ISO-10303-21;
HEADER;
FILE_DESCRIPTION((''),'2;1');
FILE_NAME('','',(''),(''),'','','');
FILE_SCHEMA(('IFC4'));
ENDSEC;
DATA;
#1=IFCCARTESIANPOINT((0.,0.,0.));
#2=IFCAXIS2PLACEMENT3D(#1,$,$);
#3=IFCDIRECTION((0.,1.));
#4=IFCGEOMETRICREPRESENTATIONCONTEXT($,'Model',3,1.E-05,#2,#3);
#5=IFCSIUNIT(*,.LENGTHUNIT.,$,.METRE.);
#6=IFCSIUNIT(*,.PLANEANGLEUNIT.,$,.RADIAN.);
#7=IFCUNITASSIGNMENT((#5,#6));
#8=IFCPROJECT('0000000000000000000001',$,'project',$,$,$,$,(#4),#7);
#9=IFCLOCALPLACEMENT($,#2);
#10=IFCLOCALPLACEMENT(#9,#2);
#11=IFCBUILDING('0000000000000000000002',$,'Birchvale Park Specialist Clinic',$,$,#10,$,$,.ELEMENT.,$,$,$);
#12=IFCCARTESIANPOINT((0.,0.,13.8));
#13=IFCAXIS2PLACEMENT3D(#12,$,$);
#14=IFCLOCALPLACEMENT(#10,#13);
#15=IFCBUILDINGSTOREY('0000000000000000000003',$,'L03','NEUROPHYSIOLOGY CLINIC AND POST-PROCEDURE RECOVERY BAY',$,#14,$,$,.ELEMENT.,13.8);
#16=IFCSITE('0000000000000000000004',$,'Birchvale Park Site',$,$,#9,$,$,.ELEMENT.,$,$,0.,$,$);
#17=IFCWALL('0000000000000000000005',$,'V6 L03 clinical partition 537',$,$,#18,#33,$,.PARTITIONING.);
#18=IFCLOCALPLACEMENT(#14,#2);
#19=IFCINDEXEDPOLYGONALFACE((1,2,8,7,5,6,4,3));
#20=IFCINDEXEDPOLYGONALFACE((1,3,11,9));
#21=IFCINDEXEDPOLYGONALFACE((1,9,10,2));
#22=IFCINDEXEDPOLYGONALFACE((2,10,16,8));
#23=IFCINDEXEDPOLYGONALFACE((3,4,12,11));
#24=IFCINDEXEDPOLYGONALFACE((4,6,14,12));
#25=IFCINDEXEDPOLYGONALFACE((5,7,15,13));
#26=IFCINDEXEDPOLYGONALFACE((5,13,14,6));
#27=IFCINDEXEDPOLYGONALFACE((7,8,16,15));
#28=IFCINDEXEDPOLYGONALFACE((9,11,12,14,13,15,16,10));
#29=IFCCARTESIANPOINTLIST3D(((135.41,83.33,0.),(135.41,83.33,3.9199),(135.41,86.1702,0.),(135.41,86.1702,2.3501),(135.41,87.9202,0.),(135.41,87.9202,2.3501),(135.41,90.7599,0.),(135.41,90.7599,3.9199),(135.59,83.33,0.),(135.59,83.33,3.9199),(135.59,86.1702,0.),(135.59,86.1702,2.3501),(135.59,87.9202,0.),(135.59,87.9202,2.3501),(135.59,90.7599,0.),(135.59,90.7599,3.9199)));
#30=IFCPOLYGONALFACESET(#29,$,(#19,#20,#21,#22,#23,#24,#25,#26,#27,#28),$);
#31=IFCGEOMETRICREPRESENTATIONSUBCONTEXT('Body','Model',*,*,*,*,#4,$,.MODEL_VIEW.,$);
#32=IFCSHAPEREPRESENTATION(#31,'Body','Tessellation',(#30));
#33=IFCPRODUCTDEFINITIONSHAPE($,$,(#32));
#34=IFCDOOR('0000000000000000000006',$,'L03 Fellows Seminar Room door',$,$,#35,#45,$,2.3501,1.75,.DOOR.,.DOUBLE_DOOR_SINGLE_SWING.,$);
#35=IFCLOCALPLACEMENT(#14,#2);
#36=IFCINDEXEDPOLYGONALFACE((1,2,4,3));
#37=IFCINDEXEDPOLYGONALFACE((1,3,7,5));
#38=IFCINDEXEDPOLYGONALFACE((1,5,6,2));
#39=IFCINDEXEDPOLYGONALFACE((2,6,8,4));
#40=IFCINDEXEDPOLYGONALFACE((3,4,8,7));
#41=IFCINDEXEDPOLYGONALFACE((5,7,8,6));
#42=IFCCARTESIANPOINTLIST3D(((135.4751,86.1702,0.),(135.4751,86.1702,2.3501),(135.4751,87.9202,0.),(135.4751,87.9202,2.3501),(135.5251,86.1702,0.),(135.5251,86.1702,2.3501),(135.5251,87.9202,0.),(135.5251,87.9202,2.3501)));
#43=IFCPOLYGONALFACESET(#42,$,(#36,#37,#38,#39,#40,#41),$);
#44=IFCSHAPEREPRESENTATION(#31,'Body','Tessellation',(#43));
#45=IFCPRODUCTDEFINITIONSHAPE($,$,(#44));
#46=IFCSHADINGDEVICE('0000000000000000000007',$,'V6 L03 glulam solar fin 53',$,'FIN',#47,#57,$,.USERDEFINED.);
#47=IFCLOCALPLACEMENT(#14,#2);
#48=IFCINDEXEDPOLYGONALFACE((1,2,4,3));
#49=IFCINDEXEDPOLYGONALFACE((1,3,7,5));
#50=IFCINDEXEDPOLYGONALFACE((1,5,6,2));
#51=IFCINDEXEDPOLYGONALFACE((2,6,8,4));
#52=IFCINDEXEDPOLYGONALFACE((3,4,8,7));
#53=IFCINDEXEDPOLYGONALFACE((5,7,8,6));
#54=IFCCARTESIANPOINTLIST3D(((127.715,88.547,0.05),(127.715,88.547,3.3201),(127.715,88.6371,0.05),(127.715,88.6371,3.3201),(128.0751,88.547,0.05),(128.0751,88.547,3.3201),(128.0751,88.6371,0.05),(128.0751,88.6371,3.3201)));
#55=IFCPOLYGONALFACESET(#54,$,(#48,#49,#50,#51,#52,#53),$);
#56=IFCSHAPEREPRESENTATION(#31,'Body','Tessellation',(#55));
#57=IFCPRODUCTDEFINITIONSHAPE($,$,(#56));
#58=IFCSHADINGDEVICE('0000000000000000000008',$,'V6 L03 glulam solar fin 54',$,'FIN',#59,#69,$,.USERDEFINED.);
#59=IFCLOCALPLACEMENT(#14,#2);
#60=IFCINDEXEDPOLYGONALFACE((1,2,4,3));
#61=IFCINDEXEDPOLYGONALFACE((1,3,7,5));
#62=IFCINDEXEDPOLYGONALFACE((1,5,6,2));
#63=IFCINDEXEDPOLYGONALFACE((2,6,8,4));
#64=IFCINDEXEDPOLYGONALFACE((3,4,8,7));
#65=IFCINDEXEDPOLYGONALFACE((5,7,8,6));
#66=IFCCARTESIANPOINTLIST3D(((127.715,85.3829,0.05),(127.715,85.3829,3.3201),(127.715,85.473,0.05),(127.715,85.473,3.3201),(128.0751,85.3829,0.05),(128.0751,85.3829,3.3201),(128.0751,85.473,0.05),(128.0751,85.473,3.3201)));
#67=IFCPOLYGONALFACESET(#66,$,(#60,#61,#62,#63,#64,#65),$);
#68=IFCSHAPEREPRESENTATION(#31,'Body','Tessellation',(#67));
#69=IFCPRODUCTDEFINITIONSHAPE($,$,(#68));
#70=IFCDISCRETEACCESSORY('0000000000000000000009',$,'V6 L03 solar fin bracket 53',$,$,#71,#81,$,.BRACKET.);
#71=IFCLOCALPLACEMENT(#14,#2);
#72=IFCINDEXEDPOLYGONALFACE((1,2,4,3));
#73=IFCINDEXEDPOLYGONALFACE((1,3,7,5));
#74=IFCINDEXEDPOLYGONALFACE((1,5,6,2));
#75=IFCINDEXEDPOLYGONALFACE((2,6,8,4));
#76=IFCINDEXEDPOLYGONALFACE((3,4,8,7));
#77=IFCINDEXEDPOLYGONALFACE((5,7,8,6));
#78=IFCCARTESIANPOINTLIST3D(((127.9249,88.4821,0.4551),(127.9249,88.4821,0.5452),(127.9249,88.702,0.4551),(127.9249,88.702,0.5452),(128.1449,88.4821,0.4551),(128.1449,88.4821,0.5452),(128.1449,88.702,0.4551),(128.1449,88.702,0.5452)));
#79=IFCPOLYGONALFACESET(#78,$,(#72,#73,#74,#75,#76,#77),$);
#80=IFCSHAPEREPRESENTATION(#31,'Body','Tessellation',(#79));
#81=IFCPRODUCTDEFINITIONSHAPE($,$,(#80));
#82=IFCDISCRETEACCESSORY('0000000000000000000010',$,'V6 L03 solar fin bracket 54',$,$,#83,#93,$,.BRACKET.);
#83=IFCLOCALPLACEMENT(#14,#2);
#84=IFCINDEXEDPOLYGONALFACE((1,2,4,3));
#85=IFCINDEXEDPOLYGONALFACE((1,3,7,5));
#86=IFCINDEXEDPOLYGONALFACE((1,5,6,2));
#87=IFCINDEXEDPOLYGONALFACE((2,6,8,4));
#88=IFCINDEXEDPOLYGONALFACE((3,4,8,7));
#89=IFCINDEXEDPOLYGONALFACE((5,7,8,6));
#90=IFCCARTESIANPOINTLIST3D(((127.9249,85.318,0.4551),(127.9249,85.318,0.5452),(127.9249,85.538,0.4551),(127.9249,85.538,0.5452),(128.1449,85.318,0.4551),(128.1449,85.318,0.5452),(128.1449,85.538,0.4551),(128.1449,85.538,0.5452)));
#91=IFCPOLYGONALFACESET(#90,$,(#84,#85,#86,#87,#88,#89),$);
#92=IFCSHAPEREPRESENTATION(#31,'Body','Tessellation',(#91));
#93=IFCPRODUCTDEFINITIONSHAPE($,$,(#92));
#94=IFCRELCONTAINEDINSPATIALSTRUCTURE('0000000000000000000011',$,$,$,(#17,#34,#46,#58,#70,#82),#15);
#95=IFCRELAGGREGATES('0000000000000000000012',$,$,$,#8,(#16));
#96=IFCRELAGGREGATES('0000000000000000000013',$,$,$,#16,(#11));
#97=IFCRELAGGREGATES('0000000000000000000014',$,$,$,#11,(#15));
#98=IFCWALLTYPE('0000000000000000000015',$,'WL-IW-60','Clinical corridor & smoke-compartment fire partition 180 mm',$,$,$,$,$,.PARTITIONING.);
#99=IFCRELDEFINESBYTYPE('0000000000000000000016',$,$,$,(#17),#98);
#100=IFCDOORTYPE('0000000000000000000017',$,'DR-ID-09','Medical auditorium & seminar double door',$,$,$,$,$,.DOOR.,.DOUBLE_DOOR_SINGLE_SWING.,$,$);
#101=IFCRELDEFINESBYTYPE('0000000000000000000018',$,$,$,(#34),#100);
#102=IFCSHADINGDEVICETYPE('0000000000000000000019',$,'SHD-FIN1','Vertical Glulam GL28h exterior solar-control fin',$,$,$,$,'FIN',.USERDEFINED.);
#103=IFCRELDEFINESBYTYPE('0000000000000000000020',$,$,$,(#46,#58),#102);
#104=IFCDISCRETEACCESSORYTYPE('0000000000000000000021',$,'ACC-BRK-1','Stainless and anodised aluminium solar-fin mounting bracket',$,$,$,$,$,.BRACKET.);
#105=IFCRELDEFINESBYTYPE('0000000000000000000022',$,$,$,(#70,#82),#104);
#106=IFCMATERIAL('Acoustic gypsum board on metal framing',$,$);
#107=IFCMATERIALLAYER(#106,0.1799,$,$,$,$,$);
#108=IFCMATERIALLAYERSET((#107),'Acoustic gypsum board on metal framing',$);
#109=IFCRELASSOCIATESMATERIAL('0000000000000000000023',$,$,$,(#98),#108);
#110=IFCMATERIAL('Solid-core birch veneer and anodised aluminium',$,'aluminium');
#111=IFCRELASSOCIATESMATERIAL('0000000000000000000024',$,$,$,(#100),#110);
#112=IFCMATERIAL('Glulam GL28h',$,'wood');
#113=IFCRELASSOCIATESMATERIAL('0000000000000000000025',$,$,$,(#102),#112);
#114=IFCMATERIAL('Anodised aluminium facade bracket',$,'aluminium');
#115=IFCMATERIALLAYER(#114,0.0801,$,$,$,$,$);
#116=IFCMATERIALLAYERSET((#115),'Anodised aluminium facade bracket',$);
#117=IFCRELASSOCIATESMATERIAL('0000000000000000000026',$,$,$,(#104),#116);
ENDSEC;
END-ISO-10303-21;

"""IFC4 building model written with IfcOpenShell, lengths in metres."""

from ifc_helpers import new_model, si_unit, direction, frame, frame_2d, origin, origin_2d, place, context, subcontext, project, spatial, rectangle, extrude, material, layer, layer_set, type_object, element, fill, save


model = new_model("IFC4")

# Units and contexts
model_context = context("Model", 3, precision=1e-05, world=origin(), true_north=direction((0.0, 1.0)))
body_context = subcontext(model_context, "Body", "Model", "MODEL_VIEW")
ifc_project = project(units=[si_unit("LENGTHUNIT", "METRE"), si_unit("PLANEANGLEUNIT", "RADIAN")], contexts=[model_context])

# Site, building, storey
site_placement = place(None, origin())
site = spatial("IfcSite", under=ifc_project, at=site_placement, Name="Birchvale Park Site", CompositionType="ELEMENT", RefElevation=0.0)
building_placement = place(site_placement, origin())
building = spatial("IfcBuilding", under=site, at=building_placement, Name="Birchvale Park Specialist Clinic", CompositionType="ELEMENT")
storey_placement = place(building_placement, frame((0.0, 0.0, 13.8)))
storey = spatial("IfcBuildingStorey", under=building, at=storey_placement, Name="L03", Description="NEUROPHYSIOLOGY CLINIC AND POST-PROCEDURE RECOVERY BAY", CompositionType="ELEMENT", Elevation=13.8)

# Shared definitions
ifc_material_1 = material(Name="Acoustic gypsum board on metal framing")
ifc_layer_1 = layer(ifc_material_1, 0.1799)
ifc_layer_set_1 = layer_set([ifc_layer_1], Name="Acoustic gypsum board on metal framing")
wall_type_1 = type_object("IfcWallType", Name="WL-IW-60", Description="Clinical corridor & smoke-compartment fire partition 180 mm", PredefinedType="PARTITIONING", material=ifc_layer_set_1)

# Wall, opening, door
ifc_material_2 = material(Name="Solid-core birch veneer and anodised aluminium", Category="aluminium")
wall_1_placement = place(storey_placement, frame((135.5, 83.3301, 0.0), z_axis=(0.0, 0.0, 1.0), x_axis=(0.0, 1.0, 0.0)))
wall_1 = element("IfcWall", 1, at=wall_1_placement, inside=storey, type_object=wall_type_1, Name="V6 L03 clinical partition 537", PredefinedType="PARTITIONING", context=body_context, shape_type="SweptSolid", body=[
    extrude(rectangle(XDim=7.4299, YDim=0.1799, at=frame_2d((3.7148, 0.0))), origin(), (0.0, 0.0, 1.0), 3.9199),
])
opening_1_placement = place(wall_1_placement, frame((2.8401, 0.0, 0.0)))
opening_1 = element("IfcOpeningElement", 2, at=opening_1_placement, cuts=wall_1, PredefinedType="OPENING", context=body_context, shape_type="SweptSolid", body=[
    extrude(rectangle(XDim=1.75, YDim=2.3501, at=frame_2d((0.875, 1.175))), frame((0.0, 0.1001, 0.0), z_axis=(0.0, -1.0, 0.0), x_axis=(1.0, 0.0, 0.0)), (0.0, 0.0, 1.0), 0.2),
])
door_type_1 = type_object("IfcDoorType", Name="DR-ID-09", Description="Medical auditorium & seminar double door", OperationType="DOUBLE_DOOR_SINGLE_SWING", PredefinedType="DOOR", material=ifc_material_2)
door_1_placement = place(opening_1_placement, origin())
door_1 = element("IfcDoor", 3, at=door_1_placement, inside=storey, type_object=door_type_1, Name="L03 Fellows Seminar Room door", OperationType="DOUBLE_DOOR_SINGLE_SWING", OverallHeight=2.3501, OverallWidth=1.75, PredefinedType="DOOR", context=body_context, shape_type="SweptSolid", body=[
    extrude(rectangle(XDim=1.75, YDim=2.3501, at=frame_2d((0.875, 1.175))), frame((0.0, 0.0249, 0.0), z_axis=(0.0, -1.0, 0.0), x_axis=(1.0, 0.0, 0.0)), (0.0, 0.0, 1.0), 0.05),
])
fill(opening_1, door_1)

# Shading devices
ifc_material_3 = material(Name="Glulam GL28h", Category="wood")
shading_device_type = type_object("IfcShadingDeviceType", Name="SHD-FIN1", Description="Vertical Glulam GL28h exterior solar-control fin", ElementType="FIN", PredefinedType="USERDEFINED", material=ifc_material_3)
for number, where, z_axis, x_axis, name in (
    (4, (127.895, 88.592, 0.05), (0.0, 0.0, 1.0), (1.0, 0.0, 0.0), "V6 L03 glulam solar fin 53"),
    (5, (127.895, 85.428, 0.05), (0.0, 0.0, 1.0), (1.0, 0.0, 0.0), "V6 L03 glulam solar fin 54"),
):
    element("IfcShadingDevice", number, at=place(storey_placement, frame(where, z_axis=z_axis, x_axis=x_axis)), inside=storey, type_object=shading_device_type, Name=name, ObjectType="FIN", PredefinedType="USERDEFINED", context=body_context, shape_type="SweptSolid", body=[
        extrude(rectangle(XDim=0.3601, YDim=0.0901, at=origin_2d()), origin(), (0.0, 0.0, 1.0), 3.27),
    ])

# Discrete accessories
ifc_material_4 = material(Name="Anodised aluminium facade bracket", Category="aluminium")
ifc_layer_2 = layer(ifc_material_4, 0.0801)
ifc_layer_set_2 = layer_set([ifc_layer_2], Name="Anodised aluminium facade bracket")
discrete_accessory_type = type_object("IfcDiscreteAccessoryType", Name="ACC-BRK-1", Description="Stainless and anodised aluminium solar-fin mounting bracket", PredefinedType="BRACKET", material=ifc_layer_set_2)
for number, where, z_axis, x_axis, name in (
    (6, (128.0349, 88.592, 0.4551), (0.0, 0.0, 1.0), (1.0, 0.0, 0.0), "V6 L03 solar fin bracket 53"),
    (7, (128.0349, 85.428, 0.4551), (0.0, 0.0, 1.0), (1.0, 0.0, 0.0), "V6 L03 solar fin bracket 54"),
):
    element("IfcDiscreteAccessory", number, at=place(storey_placement, frame(where, z_axis=z_axis, x_axis=x_axis)), inside=storey, type_object=discrete_accessory_type, Name=name, PredefinedType="BRACKET", context=body_context, shape_type="SweptSolid", body=[
        extrude(rectangle(XDim=0.22, YDim=0.22, at=origin_2d()), origin(), (0.0, 0.0, 1.0), 0.0901),
    ])

save(model, "model.ifc")
